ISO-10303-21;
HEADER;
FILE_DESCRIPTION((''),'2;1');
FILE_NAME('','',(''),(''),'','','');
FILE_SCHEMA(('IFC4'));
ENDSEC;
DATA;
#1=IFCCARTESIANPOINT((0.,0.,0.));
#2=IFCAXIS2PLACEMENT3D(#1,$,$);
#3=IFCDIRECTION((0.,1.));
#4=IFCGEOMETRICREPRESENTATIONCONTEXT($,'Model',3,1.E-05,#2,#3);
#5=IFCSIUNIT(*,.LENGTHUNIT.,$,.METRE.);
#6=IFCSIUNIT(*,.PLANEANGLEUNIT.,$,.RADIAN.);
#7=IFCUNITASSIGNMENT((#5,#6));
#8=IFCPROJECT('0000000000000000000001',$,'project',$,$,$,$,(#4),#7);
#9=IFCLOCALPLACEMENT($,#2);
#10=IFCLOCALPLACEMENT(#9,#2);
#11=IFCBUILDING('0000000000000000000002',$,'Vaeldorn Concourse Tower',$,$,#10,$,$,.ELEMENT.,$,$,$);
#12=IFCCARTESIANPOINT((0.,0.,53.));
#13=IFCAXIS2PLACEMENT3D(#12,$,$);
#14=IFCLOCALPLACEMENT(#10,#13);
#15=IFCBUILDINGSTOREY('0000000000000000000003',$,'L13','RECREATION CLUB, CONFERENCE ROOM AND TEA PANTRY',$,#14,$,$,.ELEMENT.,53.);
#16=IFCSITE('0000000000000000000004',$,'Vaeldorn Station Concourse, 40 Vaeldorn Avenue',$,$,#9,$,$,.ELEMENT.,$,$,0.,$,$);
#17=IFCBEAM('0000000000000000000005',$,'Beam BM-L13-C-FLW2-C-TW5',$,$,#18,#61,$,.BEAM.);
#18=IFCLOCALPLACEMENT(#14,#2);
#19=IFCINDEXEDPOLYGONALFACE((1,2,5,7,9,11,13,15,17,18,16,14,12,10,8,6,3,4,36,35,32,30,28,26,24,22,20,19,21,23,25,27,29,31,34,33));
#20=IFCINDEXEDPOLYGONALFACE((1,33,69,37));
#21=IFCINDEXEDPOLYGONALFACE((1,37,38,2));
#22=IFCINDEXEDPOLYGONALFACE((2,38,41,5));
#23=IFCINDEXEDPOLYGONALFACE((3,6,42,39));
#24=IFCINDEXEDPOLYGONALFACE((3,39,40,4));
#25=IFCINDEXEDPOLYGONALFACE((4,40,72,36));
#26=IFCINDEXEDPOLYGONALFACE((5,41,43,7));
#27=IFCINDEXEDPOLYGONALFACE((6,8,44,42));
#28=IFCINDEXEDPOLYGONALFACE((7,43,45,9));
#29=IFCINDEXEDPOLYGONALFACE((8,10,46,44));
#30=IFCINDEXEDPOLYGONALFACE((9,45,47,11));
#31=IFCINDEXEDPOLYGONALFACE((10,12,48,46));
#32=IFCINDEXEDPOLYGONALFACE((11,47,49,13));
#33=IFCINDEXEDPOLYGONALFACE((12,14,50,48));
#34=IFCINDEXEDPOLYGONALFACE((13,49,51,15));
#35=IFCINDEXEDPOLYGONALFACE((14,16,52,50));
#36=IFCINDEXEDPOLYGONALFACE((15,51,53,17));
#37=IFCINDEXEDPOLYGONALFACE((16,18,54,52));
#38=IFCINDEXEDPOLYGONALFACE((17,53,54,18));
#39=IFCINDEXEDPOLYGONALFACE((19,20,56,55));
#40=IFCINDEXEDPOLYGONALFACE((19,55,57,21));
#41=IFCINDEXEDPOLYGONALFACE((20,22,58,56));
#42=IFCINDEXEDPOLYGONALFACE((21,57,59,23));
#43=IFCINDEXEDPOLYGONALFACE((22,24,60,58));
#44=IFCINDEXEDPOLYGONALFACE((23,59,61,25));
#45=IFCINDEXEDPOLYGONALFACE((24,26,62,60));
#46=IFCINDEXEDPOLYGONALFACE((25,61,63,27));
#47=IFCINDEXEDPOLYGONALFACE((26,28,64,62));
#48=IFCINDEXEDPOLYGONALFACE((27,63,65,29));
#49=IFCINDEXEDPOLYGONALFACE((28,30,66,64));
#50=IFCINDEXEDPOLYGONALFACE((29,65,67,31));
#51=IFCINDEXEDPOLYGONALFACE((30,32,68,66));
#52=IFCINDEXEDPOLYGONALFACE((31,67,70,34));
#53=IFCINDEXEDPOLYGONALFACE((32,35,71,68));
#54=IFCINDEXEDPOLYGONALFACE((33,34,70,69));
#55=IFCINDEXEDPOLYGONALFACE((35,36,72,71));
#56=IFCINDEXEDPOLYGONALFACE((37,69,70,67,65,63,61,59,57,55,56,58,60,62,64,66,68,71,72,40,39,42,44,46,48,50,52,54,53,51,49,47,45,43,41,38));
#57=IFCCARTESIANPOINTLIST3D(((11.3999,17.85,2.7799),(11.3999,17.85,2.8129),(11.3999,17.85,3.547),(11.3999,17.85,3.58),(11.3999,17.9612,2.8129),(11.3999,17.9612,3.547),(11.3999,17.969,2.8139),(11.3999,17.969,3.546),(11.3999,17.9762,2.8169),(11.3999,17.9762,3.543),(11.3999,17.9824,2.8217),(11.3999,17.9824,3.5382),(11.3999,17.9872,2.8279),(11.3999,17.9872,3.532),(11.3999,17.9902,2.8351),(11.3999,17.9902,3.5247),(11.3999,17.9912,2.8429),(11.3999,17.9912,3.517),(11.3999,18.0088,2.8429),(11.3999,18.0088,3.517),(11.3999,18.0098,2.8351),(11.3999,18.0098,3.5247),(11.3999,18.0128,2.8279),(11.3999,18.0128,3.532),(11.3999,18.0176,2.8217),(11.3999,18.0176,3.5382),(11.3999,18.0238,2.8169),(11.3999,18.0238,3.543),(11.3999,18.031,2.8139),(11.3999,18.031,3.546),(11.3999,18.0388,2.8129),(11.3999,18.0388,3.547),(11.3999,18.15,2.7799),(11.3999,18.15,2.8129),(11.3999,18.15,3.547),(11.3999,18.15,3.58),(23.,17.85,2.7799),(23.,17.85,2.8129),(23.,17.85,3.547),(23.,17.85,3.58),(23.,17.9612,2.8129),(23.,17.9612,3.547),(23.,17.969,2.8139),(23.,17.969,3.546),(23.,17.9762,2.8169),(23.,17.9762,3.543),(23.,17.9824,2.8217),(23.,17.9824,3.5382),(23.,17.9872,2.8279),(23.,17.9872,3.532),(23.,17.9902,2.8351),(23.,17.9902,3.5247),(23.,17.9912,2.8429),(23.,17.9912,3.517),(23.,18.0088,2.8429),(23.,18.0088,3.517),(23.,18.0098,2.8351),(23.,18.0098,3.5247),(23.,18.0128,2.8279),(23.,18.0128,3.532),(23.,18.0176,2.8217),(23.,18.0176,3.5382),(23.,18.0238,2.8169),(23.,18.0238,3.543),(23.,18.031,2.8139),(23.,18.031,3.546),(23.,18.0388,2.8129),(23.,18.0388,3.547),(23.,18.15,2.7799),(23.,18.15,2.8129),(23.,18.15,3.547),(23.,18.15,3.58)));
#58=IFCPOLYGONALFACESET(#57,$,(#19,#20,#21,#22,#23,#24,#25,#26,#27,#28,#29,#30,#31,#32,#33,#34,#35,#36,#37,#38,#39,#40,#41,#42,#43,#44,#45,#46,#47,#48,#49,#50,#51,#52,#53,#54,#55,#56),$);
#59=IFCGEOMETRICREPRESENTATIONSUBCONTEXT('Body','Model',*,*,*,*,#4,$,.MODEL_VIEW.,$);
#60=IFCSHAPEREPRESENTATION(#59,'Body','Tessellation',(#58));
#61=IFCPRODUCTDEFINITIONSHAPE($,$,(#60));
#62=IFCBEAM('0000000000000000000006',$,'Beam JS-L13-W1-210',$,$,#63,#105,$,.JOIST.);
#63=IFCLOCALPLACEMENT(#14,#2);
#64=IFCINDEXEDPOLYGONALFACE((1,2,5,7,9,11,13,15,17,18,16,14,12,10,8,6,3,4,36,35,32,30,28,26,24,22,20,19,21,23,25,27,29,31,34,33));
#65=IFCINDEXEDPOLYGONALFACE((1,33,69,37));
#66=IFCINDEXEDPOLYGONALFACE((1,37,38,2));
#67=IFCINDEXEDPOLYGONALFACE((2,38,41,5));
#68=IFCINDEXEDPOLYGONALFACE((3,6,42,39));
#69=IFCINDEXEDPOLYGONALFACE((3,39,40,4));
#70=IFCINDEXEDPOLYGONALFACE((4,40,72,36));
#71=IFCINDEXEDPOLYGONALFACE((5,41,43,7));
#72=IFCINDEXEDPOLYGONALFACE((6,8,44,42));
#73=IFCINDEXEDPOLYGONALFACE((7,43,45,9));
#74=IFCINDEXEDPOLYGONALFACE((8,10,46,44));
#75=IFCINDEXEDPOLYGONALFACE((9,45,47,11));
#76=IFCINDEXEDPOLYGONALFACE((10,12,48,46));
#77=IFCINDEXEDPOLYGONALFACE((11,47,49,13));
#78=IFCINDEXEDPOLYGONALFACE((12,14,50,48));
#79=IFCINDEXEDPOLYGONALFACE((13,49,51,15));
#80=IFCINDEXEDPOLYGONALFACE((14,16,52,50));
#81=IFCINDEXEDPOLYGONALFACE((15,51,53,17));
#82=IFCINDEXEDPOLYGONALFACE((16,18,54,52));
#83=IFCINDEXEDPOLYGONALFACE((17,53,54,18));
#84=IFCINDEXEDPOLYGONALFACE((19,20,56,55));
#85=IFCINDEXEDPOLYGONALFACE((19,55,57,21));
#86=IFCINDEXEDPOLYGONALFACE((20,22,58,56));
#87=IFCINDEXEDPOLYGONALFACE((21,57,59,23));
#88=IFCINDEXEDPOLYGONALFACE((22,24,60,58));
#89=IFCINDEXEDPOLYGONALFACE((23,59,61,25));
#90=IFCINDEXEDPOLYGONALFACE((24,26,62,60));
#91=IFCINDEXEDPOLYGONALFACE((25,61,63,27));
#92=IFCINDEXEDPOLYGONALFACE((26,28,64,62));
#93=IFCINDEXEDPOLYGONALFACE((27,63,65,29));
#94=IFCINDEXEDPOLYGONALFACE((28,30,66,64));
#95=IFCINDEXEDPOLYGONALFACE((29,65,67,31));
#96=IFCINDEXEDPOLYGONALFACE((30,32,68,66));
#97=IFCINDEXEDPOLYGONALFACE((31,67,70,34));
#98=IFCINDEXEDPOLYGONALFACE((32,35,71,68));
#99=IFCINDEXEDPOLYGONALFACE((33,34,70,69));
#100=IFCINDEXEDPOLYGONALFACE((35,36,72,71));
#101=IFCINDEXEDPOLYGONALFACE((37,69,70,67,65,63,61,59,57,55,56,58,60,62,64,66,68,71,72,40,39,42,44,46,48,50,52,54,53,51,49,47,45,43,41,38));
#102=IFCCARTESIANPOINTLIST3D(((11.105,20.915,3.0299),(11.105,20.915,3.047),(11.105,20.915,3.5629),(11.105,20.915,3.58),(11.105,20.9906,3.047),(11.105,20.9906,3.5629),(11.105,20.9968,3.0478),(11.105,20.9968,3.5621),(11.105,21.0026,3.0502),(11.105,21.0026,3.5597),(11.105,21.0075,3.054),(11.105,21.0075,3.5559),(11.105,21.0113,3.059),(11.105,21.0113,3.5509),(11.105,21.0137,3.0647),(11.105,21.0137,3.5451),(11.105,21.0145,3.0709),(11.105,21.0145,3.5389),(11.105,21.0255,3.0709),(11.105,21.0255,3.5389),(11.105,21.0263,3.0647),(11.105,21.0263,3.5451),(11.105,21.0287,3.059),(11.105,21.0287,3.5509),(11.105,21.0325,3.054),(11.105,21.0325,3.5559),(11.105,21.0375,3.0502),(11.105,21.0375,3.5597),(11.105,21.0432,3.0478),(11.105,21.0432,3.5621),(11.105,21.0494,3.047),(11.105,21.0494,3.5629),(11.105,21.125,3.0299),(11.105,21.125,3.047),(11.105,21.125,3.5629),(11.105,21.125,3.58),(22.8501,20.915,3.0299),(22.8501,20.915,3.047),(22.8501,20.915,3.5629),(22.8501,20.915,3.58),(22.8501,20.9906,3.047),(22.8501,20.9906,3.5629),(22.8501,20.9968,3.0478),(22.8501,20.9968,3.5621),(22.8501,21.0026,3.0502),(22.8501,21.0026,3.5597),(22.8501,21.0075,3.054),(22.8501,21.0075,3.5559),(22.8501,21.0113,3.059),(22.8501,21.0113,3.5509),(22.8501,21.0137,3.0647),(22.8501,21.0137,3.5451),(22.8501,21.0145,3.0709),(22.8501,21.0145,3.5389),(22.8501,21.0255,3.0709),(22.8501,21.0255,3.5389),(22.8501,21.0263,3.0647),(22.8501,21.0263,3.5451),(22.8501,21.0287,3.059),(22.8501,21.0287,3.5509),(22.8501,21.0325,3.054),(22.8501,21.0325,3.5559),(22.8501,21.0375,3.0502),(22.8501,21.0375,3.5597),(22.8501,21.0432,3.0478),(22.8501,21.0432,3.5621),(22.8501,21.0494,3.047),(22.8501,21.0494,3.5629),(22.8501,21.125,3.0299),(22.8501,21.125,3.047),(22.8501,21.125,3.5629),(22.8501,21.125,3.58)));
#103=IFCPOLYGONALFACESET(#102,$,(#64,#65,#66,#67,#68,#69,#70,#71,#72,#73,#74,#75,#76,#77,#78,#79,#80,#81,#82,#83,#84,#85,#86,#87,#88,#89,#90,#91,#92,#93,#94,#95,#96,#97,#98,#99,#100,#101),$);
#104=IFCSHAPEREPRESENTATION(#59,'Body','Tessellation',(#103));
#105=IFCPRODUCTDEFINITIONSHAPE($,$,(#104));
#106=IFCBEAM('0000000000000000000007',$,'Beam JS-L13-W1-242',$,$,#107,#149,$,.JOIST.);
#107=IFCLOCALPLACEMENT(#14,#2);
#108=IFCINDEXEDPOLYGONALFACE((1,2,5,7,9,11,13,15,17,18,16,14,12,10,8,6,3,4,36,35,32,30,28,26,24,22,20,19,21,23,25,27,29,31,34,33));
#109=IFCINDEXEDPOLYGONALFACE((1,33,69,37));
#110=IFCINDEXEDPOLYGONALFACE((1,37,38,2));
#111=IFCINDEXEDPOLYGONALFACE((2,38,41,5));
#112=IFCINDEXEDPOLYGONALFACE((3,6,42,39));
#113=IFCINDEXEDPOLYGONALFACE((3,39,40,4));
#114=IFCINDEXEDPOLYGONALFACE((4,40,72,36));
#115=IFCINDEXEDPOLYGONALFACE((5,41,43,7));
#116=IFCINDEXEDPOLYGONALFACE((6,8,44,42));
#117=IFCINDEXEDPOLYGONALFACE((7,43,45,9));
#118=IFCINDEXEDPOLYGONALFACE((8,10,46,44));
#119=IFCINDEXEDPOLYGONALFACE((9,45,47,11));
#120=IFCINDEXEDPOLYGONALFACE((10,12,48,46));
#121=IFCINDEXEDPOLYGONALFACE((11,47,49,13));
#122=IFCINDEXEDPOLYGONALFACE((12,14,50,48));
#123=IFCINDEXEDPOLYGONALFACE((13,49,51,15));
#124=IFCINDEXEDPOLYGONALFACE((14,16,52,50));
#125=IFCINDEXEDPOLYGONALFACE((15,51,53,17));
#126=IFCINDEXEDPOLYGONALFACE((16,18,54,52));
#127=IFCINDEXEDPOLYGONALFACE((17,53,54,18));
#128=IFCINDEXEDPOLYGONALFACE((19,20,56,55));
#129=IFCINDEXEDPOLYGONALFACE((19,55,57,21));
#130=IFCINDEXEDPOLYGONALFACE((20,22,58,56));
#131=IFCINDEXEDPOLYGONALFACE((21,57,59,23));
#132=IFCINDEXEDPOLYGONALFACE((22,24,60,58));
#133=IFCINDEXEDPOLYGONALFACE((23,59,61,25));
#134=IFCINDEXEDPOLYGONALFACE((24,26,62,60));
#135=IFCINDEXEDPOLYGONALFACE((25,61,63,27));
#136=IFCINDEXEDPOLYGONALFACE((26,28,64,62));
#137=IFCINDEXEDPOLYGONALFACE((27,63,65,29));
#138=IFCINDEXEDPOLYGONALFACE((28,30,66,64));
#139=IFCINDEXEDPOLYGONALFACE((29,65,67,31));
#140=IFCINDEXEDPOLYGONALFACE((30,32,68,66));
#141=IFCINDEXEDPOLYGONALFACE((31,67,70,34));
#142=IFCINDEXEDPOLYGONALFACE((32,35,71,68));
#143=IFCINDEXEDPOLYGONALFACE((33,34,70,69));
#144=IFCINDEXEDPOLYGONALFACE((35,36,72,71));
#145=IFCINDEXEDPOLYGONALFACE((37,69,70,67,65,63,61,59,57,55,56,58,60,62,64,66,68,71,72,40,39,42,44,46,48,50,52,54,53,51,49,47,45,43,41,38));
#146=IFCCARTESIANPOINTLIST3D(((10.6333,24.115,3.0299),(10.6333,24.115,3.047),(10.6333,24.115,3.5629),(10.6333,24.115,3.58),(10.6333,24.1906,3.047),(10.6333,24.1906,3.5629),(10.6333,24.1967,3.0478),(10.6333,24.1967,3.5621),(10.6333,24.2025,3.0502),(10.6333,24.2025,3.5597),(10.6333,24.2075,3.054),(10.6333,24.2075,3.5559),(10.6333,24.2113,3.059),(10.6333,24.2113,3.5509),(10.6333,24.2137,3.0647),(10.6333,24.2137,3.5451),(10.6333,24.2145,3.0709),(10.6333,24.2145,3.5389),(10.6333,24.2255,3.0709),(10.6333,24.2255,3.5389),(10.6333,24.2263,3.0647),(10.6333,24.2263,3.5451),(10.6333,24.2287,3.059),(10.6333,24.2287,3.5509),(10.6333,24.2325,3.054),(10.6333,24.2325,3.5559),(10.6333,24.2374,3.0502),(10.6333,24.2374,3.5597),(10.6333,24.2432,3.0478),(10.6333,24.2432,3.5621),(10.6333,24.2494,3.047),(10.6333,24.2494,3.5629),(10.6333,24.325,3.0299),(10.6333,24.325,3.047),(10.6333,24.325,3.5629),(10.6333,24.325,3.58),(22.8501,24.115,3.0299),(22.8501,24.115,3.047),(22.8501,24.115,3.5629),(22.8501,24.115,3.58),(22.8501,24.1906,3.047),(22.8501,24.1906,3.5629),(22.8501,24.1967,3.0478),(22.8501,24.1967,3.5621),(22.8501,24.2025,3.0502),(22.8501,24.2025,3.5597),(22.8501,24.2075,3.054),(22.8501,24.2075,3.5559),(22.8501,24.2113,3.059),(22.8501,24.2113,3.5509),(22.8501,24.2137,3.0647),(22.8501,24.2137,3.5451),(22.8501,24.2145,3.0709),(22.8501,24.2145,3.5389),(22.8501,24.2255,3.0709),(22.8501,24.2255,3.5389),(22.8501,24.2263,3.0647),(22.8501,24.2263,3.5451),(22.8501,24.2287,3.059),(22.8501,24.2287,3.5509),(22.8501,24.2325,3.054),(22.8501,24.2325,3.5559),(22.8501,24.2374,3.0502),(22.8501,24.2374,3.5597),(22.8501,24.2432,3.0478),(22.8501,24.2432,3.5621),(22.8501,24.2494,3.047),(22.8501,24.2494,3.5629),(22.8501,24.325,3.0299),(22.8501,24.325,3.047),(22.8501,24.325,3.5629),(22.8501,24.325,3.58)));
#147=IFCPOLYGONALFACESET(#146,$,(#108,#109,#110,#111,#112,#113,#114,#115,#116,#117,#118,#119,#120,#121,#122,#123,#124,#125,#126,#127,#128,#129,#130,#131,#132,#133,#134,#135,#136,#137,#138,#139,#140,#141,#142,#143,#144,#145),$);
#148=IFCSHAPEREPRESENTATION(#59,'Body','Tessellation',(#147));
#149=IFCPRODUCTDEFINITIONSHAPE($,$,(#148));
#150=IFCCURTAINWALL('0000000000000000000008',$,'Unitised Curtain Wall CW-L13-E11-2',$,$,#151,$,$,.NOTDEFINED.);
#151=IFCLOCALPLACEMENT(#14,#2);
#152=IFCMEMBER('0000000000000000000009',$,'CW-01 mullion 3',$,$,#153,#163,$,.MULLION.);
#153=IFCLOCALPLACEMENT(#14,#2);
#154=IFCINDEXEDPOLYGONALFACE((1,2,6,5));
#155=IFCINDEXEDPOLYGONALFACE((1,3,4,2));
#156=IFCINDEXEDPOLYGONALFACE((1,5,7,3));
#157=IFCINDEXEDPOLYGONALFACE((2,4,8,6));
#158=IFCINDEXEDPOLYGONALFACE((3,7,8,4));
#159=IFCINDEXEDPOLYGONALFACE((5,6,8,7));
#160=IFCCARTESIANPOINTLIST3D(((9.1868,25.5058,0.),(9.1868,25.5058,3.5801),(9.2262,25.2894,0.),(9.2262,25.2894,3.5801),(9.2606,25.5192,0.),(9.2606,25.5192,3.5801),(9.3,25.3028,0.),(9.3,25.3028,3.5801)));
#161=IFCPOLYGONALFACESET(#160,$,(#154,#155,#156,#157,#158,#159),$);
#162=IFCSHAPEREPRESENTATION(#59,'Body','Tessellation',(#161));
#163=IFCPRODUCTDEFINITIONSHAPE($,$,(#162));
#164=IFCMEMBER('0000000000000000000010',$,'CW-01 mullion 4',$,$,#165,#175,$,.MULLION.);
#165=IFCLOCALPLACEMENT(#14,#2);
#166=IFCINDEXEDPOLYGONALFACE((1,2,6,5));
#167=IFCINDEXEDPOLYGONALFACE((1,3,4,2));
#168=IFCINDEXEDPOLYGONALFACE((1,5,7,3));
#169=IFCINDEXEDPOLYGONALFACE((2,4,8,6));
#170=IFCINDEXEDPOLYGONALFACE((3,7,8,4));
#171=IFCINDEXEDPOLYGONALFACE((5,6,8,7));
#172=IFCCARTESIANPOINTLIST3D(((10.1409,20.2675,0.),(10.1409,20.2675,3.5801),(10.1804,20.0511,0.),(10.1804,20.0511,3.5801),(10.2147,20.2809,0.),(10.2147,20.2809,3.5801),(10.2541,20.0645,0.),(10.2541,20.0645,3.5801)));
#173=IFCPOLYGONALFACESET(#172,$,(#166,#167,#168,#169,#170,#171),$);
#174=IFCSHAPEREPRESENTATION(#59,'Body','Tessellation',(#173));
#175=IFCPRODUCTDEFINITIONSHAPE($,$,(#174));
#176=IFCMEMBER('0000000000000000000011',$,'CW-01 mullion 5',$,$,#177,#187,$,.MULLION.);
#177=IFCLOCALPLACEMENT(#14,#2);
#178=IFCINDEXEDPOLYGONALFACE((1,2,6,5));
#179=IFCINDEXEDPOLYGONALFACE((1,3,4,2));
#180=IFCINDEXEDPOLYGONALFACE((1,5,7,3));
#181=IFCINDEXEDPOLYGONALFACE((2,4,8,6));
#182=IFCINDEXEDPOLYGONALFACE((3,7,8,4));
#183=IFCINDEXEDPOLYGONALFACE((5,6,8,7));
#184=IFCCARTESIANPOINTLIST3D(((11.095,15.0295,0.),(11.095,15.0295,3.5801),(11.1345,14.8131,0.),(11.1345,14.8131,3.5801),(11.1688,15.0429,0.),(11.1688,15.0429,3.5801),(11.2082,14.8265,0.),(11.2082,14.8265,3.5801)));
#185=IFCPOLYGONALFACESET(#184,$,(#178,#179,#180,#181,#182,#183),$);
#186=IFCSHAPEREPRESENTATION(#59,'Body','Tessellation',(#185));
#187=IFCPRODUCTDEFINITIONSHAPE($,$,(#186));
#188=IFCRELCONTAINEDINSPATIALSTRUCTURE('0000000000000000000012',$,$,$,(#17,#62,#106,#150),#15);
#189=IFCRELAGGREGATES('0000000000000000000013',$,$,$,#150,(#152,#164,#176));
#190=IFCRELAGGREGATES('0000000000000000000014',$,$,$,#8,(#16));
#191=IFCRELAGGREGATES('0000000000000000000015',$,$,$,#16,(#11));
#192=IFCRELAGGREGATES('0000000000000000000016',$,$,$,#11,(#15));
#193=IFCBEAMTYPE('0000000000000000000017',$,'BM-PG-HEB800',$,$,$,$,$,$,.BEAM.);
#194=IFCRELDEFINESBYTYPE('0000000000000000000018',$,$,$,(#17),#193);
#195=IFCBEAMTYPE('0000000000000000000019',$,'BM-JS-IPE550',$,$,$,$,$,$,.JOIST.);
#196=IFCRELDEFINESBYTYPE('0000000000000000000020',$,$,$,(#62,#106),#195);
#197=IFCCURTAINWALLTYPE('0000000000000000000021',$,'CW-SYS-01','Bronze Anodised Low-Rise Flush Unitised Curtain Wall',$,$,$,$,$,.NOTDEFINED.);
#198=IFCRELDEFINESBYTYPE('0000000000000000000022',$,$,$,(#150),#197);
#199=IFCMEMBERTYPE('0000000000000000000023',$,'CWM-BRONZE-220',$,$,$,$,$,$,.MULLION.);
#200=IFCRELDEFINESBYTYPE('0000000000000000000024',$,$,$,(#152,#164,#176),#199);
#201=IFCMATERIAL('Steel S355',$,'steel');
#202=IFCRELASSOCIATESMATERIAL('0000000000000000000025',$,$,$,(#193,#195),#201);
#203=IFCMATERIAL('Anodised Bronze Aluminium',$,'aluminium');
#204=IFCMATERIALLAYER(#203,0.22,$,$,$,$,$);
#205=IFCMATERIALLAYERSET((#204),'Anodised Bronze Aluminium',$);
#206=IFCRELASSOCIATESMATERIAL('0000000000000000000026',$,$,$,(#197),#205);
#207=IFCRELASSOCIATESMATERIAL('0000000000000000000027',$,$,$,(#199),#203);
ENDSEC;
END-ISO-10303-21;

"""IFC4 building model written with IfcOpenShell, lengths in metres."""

from ifc_helpers import new_model, si_unit, direction, frame, origin, origin_2d, place, context, subcontext, project, spatial, rectangle, i_section, extrude, source, transform, mapped, material, layer, layer_set, material_profile, profile_set, type_object, element, aggregate, save


model = new_model("IFC4")

# Units and contexts
model_context = context("Model", 3, precision=1e-05, world=origin(), true_north=direction((0.0, 1.0)))
body_context = subcontext(model_context, "Body", "Model", "MODEL_VIEW")
ifc_project = project(units=[si_unit("LENGTHUNIT", "METRE"), si_unit("PLANEANGLEUNIT", "RADIAN")], contexts=[model_context])

# Site, building, storey
site_placement = place(None, origin())
site = spatial("IfcSite", under=ifc_project, at=site_placement, Name="Vaeldorn Station Concourse, 40 Vaeldorn Avenue", CompositionType="ELEMENT", RefElevation=0.0)
building_placement = place(site_placement, origin())
building = spatial("IfcBuilding", under=site, at=building_placement, Name="Vaeldorn Concourse Tower", CompositionType="ELEMENT")
storey_placement = place(building_placement, frame((0.0, 0.0, 53.0)))
storey = spatial("IfcBuildingStorey", under=building, at=storey_placement, Name="L13", Description="RECREATION CLUB, CONFERENCE ROOM AND TEA PANTRY", CompositionType="ELEMENT", Elevation=53.0)

# Beams
ifc_material_1 = material(Name="Steel S355", Category="steel")
ifc_material_profile_1 = material_profile(ifc_material_1, i_section(OverallWidth=0.3, OverallDepth=0.8, WebThickness=0.0176, FlangeThickness=0.033, FilletRadius=0.03, at=origin_2d()), Name="HEB 800")
ifc_profile_set_1 = profile_set([ifc_material_profile_1], Name="Steel S355")
beam_type_1 = type_object("IfcBeamType", Name="BM-PG-HEB800", PredefinedType="BEAM", material=ifc_profile_set_1)
shared_shape_1 = source(origin(), body_context, "Body", "SweptSolid", [
    extrude(i_section(OverallWidth=0.3, OverallDepth=0.8, WebThickness=0.0176, FlangeThickness=0.033, FilletRadius=0.03, at=origin_2d()), origin(), (0.0, 0.0, 1.0), 11.6001),
])
beam_1_placement = place(storey_placement, frame((11.3999, 18.0, 3.1799), z_axis=(1.0, 0.0, 0.0), x_axis=(0.0, 1.0, 0.0)))
element("IfcBeam", 1, at=beam_1_placement, inside=storey, type_object=beam_type_1, Name="Beam BM-L13-C-FLW2-C-TW5", PredefinedType="BEAM", context=body_context, shape_type="MappedRepresentation", body=[
    mapped(shared_shape_1, transform((0.0, 0.0, 0.0), scale=1.0)),
])
ifc_material_profile_2 = material_profile(ifc_material_1, i_section(OverallWidth=0.21, OverallDepth=0.55, WebThickness=0.011, FlangeThickness=0.0171, FilletRadius=0.0239, at=origin_2d()), Name="IPE 550")
ifc_profile_set_2 = profile_set([ifc_material_profile_2], Name="Steel S355")
beam_type_2 = type_object("IfcBeamType", Name="BM-JS-IPE550", PredefinedType="JOIST", material=ifc_profile_set_2)
shared_shape_2 = source(origin(), body_context, "Body", "SweptSolid", [
    extrude(i_section(OverallWidth=0.21, OverallDepth=0.55, WebThickness=0.011, FlangeThickness=0.0171, FilletRadius=0.0239, at=origin_2d()), origin(), (0.0, 0.0, 1.0), 11.7451),
])
beam_2_placement = place(storey_placement, frame((11.105, 21.02, 3.3049), z_axis=(1.0, 0.0, 0.0), x_axis=(0.0, 1.0, 0.0)))
element("IfcBeam", 2, at=beam_2_placement, inside=storey, type_object=beam_type_2, Name="Beam JS-L13-W1-210", PredefinedType="JOIST", context=body_context, shape_type="MappedRepresentation", body=[
    mapped(shared_shape_2, transform((0.0, 0.0, 0.0), scale=1.0)),
])
shared_shape_3 = source(origin(), body_context, "Body", "SweptSolid", [
    extrude(i_section(OverallWidth=0.21, OverallDepth=0.55, WebThickness=0.011, FlangeThickness=0.0171, FilletRadius=0.0239, at=origin_2d()), origin(), (0.0, 0.0, 1.0), 12.2168),
])
beam_3_placement = place(storey_placement, frame((10.6333, 24.22, 3.3049), z_axis=(1.0, 0.0, 0.0), x_axis=(0.0, 1.0, 0.0)))
element("IfcBeam", 3, at=beam_3_placement, inside=storey, type_object=beam_type_2, Name="Beam JS-L13-W1-242", PredefinedType="JOIST", context=body_context, shape_type="MappedRepresentation", body=[
    mapped(shared_shape_3, transform((0.0, 0.0, 0.0), scale=1.0)),
])

# Curtain wall, members
ifc_material_2 = material(Name="Anodised Bronze Aluminium", Category="aluminium")
ifc_layer_1 = layer(ifc_material_2, 0.22)
ifc_layer_set_1 = layer_set([ifc_layer_1], Name="Anodised Bronze Aluminium")
curtain_wall_type = type_object("IfcCurtainWallType", Name="CW-SYS-01", Description="Bronze Anodised Low-Rise Flush Unitised Curtain Wall", PredefinedType="NOTDEFINED", material=ifc_layer_set_1)
curtain_wall_placement = place(storey_placement, origin())
curtain_wall = element("IfcCurtainWall", 4, at=curtain_wall_placement, inside=storey, type_object=curtain_wall_type, Name="Unitised Curtain Wall CW-L13-E11-2", PredefinedType="NOTDEFINED")
ifc_material_profile_3 = material_profile(ifc_material_2, rectangle(XDim=0.075, YDim=0.22, at=origin_2d()), Name="CWM 75x220")
ifc_profile_set_3 = profile_set([ifc_material_profile_3], Name="Anodised Bronze Aluminium")
member_type_1 = type_object("IfcMemberType", Name="CWM-BRONZE-220", PredefinedType="MULLION", material=ifc_profile_set_3)
shared_shape_4 = source(origin(), body_context, "Body", "SweptSolid", [
    extrude(rectangle(XDim=0.075, YDim=0.22, at=origin_2d()), origin(), (0.0, 0.0, 1.0), 3.5801),
])
member_1_placement = place(storey_placement, frame((9.2434, 25.4043, 0.0), z_axis=(0.0, 0.0, 1.0), x_axis=(0.983812, 0.179206, 0.0)))
member_1 = element("IfcMember", 5, at=member_1_placement, type_object=member_type_1, Name="CW-01 mullion 3", PredefinedType="MULLION", context=body_context, shape_type="MappedRepresentation", body=[
    mapped(shared_shape_4, transform((0.0, 0.0, 0.0), scale=1.0)),
])
member_2_placement = place(storey_placement, frame((10.1975, 20.166, 0.0), z_axis=(0.0, 0.0, 1.0), x_axis=(0.983812, 0.179206, 0.0)))
member_2 = element("IfcMember", 6, at=member_2_placement, type_object=member_type_1, Name="CW-01 mullion 4", PredefinedType="MULLION", context=body_context, shape_type="MappedRepresentation", body=[
    mapped(shared_shape_4, transform((0.0, 0.0, 0.0), scale=1.0)),
])
member_3_placement = place(storey_placement, frame((11.1516, 14.928, 0.0), z_axis=(0.0, 0.0, 1.0), x_axis=(0.983812, 0.179206, 0.0)))
member_3 = element("IfcMember", 7, at=member_3_placement, type_object=member_type_1, Name="CW-01 mullion 5", PredefinedType="MULLION", context=body_context, shape_type="MappedRepresentation", body=[
    mapped(shared_shape_4, transform((0.0, 0.0, 0.0), scale=1.0)),
])
aggregate(curtain_wall, [member_1, member_2, member_3])

save(model, "model.ifc")
